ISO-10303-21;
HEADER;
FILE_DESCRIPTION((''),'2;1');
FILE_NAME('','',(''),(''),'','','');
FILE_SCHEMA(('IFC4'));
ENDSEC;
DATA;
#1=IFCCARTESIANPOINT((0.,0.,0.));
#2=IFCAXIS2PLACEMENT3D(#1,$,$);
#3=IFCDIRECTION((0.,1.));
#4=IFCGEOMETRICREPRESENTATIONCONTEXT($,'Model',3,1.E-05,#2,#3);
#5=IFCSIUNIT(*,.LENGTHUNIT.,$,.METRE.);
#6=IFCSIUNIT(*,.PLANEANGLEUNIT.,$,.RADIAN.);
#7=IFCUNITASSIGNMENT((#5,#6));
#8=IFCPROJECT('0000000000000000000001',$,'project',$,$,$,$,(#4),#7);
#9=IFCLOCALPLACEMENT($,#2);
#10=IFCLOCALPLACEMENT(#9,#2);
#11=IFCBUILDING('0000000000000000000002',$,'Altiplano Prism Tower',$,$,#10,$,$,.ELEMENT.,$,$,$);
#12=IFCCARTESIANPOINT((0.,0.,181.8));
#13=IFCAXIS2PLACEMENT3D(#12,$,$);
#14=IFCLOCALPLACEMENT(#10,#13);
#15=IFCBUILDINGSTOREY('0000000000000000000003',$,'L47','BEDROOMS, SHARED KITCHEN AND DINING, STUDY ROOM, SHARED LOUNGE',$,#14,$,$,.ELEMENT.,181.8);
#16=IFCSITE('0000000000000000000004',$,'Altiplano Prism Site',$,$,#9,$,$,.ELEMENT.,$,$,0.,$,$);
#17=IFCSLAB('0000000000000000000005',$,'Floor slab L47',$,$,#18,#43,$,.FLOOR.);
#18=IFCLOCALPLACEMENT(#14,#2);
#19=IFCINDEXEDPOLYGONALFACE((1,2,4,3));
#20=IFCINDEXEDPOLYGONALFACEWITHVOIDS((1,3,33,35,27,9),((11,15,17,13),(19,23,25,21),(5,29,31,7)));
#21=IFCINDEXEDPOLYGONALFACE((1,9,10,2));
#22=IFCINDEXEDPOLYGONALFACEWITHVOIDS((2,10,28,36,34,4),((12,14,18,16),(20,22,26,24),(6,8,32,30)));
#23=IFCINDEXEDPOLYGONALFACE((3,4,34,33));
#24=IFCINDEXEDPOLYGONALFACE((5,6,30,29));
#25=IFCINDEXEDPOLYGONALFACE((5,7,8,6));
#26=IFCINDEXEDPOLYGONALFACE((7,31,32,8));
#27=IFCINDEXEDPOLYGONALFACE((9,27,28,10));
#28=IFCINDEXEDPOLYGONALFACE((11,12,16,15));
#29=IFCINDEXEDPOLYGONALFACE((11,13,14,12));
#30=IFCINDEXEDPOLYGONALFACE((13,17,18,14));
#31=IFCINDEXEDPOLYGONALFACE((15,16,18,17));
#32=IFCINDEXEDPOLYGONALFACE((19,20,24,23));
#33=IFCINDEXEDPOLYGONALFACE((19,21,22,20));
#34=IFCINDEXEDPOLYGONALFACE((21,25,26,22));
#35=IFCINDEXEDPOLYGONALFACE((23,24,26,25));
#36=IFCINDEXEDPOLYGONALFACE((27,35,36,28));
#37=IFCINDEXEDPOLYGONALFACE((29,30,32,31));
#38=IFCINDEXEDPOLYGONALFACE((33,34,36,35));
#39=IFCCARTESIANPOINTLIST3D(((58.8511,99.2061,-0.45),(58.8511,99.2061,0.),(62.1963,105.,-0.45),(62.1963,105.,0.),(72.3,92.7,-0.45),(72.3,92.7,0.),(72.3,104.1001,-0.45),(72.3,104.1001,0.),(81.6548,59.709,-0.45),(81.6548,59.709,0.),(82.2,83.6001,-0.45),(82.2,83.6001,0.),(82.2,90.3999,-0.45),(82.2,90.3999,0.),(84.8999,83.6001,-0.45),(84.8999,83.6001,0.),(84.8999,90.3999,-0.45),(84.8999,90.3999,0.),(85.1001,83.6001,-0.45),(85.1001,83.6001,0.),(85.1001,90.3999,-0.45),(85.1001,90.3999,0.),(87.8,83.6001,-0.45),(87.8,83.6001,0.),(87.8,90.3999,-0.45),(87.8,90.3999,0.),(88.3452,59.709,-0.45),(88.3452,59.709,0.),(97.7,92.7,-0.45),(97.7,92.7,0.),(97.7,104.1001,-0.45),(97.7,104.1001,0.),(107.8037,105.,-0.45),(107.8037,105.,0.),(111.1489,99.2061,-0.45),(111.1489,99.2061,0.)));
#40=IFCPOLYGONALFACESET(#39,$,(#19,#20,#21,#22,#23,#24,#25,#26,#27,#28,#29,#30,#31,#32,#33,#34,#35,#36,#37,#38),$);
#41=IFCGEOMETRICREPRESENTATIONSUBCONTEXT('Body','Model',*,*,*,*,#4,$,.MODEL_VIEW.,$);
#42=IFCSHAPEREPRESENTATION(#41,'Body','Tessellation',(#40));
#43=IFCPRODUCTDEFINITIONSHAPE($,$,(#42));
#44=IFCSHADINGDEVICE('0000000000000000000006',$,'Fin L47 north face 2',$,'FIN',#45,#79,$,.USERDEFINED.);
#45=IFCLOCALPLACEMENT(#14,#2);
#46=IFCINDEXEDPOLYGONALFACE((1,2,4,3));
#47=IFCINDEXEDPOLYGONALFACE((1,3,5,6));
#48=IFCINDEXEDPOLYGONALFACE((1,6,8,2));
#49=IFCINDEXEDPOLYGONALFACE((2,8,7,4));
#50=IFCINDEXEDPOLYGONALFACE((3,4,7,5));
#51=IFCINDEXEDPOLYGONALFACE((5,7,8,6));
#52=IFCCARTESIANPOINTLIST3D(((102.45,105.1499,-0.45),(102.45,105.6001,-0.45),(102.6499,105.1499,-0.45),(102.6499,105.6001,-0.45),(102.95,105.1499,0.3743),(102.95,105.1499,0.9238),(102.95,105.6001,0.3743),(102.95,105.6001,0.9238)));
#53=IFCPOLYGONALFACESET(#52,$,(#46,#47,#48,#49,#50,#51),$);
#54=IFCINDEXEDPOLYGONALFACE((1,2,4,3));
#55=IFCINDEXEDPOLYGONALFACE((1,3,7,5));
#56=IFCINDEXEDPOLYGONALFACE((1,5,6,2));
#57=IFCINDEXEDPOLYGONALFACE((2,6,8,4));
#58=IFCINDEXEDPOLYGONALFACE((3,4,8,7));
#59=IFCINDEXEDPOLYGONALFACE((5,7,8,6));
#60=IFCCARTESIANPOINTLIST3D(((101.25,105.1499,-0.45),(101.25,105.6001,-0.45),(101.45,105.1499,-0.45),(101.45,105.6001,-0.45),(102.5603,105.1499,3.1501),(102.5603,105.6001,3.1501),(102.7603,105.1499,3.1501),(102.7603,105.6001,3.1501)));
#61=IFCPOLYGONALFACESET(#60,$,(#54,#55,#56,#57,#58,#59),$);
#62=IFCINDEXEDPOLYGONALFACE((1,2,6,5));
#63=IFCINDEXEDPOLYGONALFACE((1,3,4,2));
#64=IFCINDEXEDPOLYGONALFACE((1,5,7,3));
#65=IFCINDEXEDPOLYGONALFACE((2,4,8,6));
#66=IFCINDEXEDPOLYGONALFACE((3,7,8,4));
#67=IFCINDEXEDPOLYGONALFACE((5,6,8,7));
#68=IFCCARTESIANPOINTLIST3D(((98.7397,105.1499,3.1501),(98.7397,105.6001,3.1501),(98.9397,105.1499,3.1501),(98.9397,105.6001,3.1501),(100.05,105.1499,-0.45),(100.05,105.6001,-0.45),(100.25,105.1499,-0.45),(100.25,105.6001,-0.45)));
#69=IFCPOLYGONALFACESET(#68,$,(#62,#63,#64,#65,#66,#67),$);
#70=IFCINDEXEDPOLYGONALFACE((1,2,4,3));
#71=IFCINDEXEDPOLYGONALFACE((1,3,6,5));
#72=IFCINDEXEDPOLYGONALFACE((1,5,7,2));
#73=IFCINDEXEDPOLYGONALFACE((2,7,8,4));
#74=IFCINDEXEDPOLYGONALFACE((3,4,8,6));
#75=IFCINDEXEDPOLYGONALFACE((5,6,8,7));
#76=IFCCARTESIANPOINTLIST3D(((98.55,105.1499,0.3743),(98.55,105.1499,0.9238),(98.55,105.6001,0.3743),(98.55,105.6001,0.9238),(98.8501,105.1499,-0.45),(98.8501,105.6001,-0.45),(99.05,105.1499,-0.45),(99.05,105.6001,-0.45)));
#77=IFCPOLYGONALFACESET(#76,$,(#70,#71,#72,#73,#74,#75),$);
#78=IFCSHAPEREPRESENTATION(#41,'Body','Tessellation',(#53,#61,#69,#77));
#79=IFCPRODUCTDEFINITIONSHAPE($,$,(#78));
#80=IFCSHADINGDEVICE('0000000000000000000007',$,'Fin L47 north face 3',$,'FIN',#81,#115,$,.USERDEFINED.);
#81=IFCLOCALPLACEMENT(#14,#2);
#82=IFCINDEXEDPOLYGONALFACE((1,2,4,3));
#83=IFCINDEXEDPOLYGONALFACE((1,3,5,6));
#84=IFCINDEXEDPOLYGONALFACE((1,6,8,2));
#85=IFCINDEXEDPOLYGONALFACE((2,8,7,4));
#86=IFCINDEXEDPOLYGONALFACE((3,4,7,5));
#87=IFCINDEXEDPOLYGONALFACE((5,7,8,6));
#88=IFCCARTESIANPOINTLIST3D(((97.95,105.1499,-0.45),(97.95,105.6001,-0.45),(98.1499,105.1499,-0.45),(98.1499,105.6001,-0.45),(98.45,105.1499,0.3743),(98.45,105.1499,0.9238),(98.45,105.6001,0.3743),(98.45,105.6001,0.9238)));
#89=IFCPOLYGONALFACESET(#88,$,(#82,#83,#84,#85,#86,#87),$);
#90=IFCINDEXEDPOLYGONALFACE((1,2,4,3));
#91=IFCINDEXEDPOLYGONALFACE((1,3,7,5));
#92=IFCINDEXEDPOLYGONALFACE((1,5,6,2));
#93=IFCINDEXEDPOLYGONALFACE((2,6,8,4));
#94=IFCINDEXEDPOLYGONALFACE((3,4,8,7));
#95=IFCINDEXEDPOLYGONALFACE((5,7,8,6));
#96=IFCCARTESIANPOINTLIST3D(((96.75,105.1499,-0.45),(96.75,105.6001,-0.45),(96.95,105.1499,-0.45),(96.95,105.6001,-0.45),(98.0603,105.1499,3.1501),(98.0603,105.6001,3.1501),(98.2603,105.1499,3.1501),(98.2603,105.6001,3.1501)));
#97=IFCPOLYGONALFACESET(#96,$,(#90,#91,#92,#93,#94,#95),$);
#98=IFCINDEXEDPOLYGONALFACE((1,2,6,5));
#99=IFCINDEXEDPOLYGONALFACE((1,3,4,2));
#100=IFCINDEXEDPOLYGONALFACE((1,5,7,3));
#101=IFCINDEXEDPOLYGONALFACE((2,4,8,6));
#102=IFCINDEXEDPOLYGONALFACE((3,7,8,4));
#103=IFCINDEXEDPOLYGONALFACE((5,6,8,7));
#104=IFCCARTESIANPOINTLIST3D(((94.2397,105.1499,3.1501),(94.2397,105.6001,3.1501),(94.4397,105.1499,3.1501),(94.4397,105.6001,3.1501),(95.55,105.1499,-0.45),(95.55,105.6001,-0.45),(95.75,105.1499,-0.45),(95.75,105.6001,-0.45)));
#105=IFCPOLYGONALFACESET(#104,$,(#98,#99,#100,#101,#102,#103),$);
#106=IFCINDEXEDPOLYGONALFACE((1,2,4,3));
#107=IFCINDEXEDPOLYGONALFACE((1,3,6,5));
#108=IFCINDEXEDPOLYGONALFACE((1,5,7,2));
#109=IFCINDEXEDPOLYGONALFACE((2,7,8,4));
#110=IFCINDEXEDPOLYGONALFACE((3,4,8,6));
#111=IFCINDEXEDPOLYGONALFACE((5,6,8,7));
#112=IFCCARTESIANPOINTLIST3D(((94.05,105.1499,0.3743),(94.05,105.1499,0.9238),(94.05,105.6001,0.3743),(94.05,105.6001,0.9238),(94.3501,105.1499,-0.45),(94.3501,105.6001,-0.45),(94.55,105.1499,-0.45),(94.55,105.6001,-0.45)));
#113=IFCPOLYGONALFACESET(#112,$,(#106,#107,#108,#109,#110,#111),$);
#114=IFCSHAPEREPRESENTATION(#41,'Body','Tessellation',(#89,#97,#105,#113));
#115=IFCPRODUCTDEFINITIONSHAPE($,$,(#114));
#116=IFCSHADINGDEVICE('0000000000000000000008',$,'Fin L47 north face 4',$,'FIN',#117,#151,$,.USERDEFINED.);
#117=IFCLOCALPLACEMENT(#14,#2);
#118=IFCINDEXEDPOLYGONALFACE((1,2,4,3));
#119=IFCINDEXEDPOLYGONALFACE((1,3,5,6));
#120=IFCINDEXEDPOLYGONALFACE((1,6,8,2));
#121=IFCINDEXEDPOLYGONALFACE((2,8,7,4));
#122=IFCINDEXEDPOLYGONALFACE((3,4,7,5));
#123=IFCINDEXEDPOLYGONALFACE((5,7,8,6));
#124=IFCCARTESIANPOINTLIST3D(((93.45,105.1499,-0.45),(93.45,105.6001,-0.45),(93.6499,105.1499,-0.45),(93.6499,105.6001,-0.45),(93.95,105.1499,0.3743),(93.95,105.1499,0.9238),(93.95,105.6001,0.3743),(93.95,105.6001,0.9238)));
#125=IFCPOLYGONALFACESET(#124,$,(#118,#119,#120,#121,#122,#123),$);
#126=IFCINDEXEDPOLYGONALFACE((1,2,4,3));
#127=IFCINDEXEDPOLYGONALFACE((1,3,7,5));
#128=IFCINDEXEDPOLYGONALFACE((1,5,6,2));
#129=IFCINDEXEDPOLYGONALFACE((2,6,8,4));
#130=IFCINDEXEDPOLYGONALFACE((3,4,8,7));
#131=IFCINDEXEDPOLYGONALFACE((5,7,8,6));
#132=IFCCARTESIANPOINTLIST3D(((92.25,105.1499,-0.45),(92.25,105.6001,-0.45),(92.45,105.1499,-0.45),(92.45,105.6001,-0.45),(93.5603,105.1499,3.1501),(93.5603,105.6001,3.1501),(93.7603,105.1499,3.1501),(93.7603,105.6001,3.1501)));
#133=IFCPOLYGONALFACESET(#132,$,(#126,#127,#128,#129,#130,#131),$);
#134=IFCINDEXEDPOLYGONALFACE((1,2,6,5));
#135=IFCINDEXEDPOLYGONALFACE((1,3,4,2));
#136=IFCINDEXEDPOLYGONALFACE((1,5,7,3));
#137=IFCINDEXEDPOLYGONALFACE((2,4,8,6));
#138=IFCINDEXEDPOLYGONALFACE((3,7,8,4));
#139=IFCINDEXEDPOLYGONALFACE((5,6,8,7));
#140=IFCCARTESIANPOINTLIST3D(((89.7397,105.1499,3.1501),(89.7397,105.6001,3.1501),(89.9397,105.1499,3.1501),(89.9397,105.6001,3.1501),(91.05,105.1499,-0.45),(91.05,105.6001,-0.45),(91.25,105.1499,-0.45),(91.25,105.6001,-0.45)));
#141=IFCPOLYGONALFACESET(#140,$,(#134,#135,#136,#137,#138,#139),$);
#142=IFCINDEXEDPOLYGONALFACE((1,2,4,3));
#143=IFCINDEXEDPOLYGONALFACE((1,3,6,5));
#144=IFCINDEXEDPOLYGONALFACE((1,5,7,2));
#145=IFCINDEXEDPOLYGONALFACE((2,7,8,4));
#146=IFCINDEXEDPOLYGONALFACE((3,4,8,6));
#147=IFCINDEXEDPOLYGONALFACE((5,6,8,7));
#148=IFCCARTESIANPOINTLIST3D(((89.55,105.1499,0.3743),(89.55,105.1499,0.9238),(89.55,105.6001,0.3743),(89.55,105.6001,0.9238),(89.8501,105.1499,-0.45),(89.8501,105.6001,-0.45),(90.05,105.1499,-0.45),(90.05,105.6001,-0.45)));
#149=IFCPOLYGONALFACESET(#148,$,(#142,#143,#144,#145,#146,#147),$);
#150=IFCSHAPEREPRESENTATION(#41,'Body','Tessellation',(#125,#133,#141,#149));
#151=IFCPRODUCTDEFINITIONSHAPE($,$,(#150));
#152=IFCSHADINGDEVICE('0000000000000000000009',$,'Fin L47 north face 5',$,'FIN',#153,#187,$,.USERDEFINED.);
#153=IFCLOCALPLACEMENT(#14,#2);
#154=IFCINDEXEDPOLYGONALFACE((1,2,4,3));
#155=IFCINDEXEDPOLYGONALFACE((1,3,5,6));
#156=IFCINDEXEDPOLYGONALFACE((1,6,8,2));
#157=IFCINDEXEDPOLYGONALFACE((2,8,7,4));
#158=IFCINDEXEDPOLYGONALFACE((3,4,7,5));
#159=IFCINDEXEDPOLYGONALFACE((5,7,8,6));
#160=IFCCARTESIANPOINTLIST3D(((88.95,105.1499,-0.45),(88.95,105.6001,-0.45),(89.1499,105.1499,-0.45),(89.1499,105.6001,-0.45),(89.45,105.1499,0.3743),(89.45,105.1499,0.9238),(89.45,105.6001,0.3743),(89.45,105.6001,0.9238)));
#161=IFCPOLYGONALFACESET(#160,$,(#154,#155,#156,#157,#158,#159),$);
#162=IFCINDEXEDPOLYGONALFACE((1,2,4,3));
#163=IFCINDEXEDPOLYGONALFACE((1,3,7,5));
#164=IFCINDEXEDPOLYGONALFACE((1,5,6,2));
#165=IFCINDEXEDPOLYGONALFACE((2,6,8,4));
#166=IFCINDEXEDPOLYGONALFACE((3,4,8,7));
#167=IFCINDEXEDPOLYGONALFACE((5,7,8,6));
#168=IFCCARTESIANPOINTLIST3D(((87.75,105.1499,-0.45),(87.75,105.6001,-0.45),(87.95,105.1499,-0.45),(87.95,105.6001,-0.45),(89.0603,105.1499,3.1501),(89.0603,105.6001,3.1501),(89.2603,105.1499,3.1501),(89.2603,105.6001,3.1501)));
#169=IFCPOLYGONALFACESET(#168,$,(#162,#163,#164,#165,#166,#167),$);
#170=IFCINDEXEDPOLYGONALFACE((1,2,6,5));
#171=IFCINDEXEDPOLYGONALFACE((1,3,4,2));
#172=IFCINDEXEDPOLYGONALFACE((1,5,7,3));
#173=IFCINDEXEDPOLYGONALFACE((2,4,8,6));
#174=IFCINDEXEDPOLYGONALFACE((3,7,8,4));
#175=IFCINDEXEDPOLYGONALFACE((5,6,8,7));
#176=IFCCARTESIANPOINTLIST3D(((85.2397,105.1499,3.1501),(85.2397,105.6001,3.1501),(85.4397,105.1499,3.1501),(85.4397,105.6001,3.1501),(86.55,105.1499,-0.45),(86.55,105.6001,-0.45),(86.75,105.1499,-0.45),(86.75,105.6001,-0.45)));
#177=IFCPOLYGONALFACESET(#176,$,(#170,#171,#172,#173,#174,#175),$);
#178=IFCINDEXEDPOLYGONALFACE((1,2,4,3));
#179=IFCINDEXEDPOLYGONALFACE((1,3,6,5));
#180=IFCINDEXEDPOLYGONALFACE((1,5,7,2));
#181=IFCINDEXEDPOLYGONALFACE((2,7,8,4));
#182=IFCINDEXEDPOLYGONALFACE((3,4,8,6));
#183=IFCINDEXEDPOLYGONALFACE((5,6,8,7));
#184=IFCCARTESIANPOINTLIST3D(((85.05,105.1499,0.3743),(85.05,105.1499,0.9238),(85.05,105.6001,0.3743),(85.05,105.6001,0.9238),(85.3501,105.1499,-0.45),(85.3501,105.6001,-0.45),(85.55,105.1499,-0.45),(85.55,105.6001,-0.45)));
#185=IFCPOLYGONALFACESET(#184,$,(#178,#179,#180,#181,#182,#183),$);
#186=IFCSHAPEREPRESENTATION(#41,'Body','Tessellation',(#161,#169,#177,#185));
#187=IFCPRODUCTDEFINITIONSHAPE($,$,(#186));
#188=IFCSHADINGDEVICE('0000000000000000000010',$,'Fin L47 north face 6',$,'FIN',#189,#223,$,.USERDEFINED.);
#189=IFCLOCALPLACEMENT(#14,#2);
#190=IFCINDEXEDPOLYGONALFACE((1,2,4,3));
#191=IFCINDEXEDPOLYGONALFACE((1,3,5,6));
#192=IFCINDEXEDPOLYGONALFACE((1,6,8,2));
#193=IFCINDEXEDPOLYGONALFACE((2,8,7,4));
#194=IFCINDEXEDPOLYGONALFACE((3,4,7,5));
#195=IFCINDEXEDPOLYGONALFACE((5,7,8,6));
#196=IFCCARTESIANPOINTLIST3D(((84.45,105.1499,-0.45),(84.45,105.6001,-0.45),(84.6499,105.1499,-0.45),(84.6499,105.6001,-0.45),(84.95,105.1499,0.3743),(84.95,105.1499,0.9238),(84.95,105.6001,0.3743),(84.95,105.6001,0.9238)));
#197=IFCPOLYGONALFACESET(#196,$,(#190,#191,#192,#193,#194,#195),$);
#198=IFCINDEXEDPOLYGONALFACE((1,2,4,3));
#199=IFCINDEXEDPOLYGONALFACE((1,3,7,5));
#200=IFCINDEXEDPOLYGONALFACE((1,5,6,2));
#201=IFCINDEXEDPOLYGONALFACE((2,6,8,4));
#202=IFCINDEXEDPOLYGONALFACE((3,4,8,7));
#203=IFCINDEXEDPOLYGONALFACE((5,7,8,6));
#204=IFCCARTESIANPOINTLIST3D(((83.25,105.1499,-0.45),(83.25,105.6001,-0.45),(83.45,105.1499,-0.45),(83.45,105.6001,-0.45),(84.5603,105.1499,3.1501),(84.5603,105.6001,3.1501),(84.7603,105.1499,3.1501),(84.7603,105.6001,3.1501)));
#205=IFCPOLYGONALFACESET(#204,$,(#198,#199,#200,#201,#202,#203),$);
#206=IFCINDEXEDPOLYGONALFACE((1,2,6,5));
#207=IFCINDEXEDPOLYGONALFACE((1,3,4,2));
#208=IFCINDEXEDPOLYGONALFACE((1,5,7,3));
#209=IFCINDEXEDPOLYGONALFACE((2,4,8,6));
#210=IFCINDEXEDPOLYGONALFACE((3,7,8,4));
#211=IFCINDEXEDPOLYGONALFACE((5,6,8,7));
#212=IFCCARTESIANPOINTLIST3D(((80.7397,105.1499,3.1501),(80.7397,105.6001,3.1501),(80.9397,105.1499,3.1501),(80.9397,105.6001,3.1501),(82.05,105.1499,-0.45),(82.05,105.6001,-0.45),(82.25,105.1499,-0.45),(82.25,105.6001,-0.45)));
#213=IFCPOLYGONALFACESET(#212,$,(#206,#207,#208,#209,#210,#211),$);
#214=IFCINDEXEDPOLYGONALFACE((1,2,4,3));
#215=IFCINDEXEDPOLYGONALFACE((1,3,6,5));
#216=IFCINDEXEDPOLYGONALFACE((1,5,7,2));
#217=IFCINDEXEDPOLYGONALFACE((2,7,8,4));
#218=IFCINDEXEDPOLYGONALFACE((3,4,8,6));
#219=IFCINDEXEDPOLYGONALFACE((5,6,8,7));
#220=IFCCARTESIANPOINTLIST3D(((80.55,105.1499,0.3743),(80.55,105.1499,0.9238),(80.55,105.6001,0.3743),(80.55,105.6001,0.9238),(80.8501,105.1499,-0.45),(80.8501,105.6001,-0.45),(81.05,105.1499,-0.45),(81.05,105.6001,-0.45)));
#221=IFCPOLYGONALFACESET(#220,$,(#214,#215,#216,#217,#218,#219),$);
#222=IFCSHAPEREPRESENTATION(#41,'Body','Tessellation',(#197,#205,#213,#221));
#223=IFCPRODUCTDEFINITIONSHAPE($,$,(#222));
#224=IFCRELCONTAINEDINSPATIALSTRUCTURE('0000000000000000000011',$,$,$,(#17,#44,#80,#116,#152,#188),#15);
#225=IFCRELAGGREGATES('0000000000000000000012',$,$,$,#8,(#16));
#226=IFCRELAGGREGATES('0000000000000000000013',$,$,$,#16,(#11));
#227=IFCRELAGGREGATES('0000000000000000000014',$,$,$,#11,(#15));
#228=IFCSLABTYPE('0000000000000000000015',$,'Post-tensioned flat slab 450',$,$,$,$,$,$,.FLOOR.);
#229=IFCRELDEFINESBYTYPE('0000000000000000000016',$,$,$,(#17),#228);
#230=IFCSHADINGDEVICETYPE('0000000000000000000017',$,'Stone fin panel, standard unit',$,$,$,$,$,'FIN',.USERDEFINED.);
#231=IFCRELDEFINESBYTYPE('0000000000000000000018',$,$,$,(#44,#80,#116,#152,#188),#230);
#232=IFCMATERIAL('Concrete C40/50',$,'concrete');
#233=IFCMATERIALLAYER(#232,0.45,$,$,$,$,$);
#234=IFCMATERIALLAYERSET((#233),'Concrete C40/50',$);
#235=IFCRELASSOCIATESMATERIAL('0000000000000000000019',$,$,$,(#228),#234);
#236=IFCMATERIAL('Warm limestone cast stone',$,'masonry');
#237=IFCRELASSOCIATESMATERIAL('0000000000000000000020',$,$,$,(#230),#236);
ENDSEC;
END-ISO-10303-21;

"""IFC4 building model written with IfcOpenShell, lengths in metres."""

from ifc_helpers import new_model, si_unit, direction, frame, origin, place, context, subcontext, project, spatial, polyline, outline, extrude, source, transform, mapped, material, layer, layer_set, type_object, element, save


model = new_model("IFC4")

# Units and contexts
model_context = context("Model", 3, precision=1e-05, world=origin(), true_north=direction((0.0, 1.0)))
body_context = subcontext(model_context, "Body", "Model", "MODEL_VIEW")
ifc_project = project(units=[si_unit("LENGTHUNIT", "METRE"), si_unit("PLANEANGLEUNIT", "RADIAN")], contexts=[model_context])

# Site, building, storey
site_placement = place(None, origin())
site = spatial("IfcSite", under=ifc_project, at=site_placement, Name="Altiplano Prism Site", CompositionType="ELEMENT", RefElevation=0.0)
building_placement = place(site_placement, origin())
building = spatial("IfcBuilding", under=site, at=building_placement, Name="Altiplano Prism Tower", CompositionType="ELEMENT")
storey_placement = place(building_placement, frame((0.0, 0.0, 181.8)))
storey = spatial("IfcBuildingStorey", under=building, at=storey_placement, Name="L47", Description="BEDROOMS, SHARED KITCHEN AND DINING, STUDY ROOM, SHARED LOUNGE", CompositionType="ELEMENT", Elevation=181.8)

# Slab
ifc_material_1 = material(Name="Concrete C40/50", Category="concrete")
ifc_layer = layer(ifc_material_1, 0.45)
ifc_layer_set = layer_set([ifc_layer], Name="Concrete C40/50")
slab_type = type_object("IfcSlabType", Name="Post-tensioned flat slab 450", PredefinedType="FLOOR", material=ifc_layer_set)
slab_placement = place(storey_placement, frame((0.0, 0.0, -0.45)))
element("IfcSlab", 1, at=slab_placement, inside=storey, type_object=slab_type, Name="Floor slab L47", PredefinedType="FLOOR", context=body_context, shape_type="SweptSolid", body=[
    extrude(outline(polyline([(81.6548, 59.709), (58.8511, 99.2061), (62.1963, 105.0), (107.8037, 105.0), (111.1489, 99.2061), (88.3452, 59.709), (81.6548, 59.709)]), holes=[polyline([(72.3, 104.1001), (72.3, 92.7), (97.7, 92.7), (97.7, 104.1001), (72.3, 104.1001)]), polyline([(84.8999, 90.3999), (82.2, 90.3999), (82.2, 83.6001), (84.8999, 83.6001), (84.8999, 90.3999)]), polyline([(87.8, 83.6001), (87.8, 90.3999), (85.1001, 90.3999), (85.1001, 83.6001), (87.8, 83.6001)])]), origin(), (0.0, 0.0, 1.0), 0.45),
])

# Shading devices
ifc_material_2 = material(Name="Warm limestone cast stone", Category="masonry")
shading_device_type_1 = type_object("IfcShadingDeviceType", Name="Stone fin panel, standard unit", ElementType="FIN", PredefinedType="USERDEFINED", material=ifc_material_2)
shared_shape_1 = source(origin(), body_context, "Body", "SweptSolid", [
    extrude(outline(polyline([(-2.2, 1.3738), (-2.2, 0.8242), (-1.8999, 0.0), (-1.7, 0.0), (-2.2, 1.3738)])), frame((0.0, -0.1499, 0.0), z_axis=(0.0, -1.0, 0.0), x_axis=(1.0, 0.0, 0.0)), (0.0, 0.0, 1.0), 0.4502),
    extrude(outline(polyline([(-2.0103, 3.6001), (-0.7, 0.0), (-0.5, 0.0), (-1.8103, 3.6001), (-2.0103, 3.6001)])), frame((0.0, -0.1499, 0.0), z_axis=(0.0, -1.0, 0.0), x_axis=(1.0, 0.0, 0.0)), (0.0, 0.0, 1.0), 0.4502),
    extrude(outline(polyline([(1.8103, 3.6001), (0.5, 0.0), (0.7, 0.0), (2.0103, 3.6001), (1.8103, 3.6001)])), frame((0.0, -0.1499, 0.0), z_axis=(0.0, -1.0, 0.0), x_axis=(1.0, 0.0, 0.0)), (0.0, 0.0, 1.0), 0.4502),
    extrude(outline(polyline([(2.2, 0.8242), (2.2, 1.3738), (1.7, 0.0), (1.8999, 0.0), (2.2, 0.8242)])), frame((0.0, -0.1499, 0.0), z_axis=(0.0, -1.0, 0.0), x_axis=(1.0, 0.0, 0.0)), (0.0, 0.0, 1.0), 0.4502),
])
shading_device_1_placement = place(storey_placement, origin())
element("IfcShadingDevice", 2, at=shading_device_1_placement, inside=storey, type_object=shading_device_type_1, Name="Fin L47 north face 2", ObjectType="FIN", PredefinedType="USERDEFINED", context=body_context, shape_type="MappedRepresentation", body=[
    mapped(shared_shape_1, transform((100.75, 105.0, -0.45), x_axis=(-1.0, 0.0, 0.0), y_axis=(0.0, -1.0, 0.0), z_axis=(0.0, 0.0, 1.0))),
])
shading_device_2_placement = place(storey_placement, origin())
element("IfcShadingDevice", 3, at=shading_device_2_placement, inside=storey, type_object=shading_device_type_1, Name="Fin L47 north face 3", ObjectType="FIN", PredefinedType="USERDEFINED", context=body_context, shape_type="MappedRepresentation", body=[
    mapped(shared_shape_1, transform((96.25, 105.0, -0.45), x_axis=(-1.0, 0.0, 0.0), y_axis=(0.0, -1.0, 0.0), z_axis=(0.0, 0.0, 1.0))),
])
shading_device_3_placement = place(storey_placement, origin())
element("IfcShadingDevice", 4, at=shading_device_3_placement, inside=storey, type_object=shading_device_type_1, Name="Fin L47 north face 4", ObjectType="FIN", PredefinedType="USERDEFINED", context=body_context, shape_type="MappedRepresentation", body=[
    mapped(shared_shape_1, transform((91.75, 105.0, -0.45), x_axis=(-1.0, 0.0, 0.0), y_axis=(0.0, -1.0, 0.0), z_axis=(0.0, 0.0, 1.0))),
])
shading_device_4_placement = place(storey_placement, origin())
element("IfcShadingDevice", 5, at=shading_device_4_placement, inside=storey, type_object=shading_device_type_1, Name="Fin L47 north face 5", ObjectType="FIN", PredefinedType="USERDEFINED", context=body_context, shape_type="MappedRepresentation", body=[
    mapped(shared_shape_1, transform((87.25, 105.0, -0.45), x_axis=(-1.0, 0.0, 0.0), y_axis=(0.0, -1.0, 0.0), z_axis=(0.0, 0.0, 1.0))),
])
shading_device_5_placement = place(storey_placement, origin())
element("IfcShadingDevice", 6, at=shading_device_5_placement, inside=storey, type_object=shading_device_type_1, Name="Fin L47 north face 6", ObjectType="FIN", PredefinedType="USERDEFINED", context=body_context, shape_type="MappedRepresentation", body=[
    mapped(shared_shape_1, transform((82.75, 105.0, -0.45), x_axis=(-1.0, 0.0, 0.0), y_axis=(0.0, -1.0, 0.0), z_axis=(0.0, 0.0, 1.0))),
])

save(model, "model.ifc")
